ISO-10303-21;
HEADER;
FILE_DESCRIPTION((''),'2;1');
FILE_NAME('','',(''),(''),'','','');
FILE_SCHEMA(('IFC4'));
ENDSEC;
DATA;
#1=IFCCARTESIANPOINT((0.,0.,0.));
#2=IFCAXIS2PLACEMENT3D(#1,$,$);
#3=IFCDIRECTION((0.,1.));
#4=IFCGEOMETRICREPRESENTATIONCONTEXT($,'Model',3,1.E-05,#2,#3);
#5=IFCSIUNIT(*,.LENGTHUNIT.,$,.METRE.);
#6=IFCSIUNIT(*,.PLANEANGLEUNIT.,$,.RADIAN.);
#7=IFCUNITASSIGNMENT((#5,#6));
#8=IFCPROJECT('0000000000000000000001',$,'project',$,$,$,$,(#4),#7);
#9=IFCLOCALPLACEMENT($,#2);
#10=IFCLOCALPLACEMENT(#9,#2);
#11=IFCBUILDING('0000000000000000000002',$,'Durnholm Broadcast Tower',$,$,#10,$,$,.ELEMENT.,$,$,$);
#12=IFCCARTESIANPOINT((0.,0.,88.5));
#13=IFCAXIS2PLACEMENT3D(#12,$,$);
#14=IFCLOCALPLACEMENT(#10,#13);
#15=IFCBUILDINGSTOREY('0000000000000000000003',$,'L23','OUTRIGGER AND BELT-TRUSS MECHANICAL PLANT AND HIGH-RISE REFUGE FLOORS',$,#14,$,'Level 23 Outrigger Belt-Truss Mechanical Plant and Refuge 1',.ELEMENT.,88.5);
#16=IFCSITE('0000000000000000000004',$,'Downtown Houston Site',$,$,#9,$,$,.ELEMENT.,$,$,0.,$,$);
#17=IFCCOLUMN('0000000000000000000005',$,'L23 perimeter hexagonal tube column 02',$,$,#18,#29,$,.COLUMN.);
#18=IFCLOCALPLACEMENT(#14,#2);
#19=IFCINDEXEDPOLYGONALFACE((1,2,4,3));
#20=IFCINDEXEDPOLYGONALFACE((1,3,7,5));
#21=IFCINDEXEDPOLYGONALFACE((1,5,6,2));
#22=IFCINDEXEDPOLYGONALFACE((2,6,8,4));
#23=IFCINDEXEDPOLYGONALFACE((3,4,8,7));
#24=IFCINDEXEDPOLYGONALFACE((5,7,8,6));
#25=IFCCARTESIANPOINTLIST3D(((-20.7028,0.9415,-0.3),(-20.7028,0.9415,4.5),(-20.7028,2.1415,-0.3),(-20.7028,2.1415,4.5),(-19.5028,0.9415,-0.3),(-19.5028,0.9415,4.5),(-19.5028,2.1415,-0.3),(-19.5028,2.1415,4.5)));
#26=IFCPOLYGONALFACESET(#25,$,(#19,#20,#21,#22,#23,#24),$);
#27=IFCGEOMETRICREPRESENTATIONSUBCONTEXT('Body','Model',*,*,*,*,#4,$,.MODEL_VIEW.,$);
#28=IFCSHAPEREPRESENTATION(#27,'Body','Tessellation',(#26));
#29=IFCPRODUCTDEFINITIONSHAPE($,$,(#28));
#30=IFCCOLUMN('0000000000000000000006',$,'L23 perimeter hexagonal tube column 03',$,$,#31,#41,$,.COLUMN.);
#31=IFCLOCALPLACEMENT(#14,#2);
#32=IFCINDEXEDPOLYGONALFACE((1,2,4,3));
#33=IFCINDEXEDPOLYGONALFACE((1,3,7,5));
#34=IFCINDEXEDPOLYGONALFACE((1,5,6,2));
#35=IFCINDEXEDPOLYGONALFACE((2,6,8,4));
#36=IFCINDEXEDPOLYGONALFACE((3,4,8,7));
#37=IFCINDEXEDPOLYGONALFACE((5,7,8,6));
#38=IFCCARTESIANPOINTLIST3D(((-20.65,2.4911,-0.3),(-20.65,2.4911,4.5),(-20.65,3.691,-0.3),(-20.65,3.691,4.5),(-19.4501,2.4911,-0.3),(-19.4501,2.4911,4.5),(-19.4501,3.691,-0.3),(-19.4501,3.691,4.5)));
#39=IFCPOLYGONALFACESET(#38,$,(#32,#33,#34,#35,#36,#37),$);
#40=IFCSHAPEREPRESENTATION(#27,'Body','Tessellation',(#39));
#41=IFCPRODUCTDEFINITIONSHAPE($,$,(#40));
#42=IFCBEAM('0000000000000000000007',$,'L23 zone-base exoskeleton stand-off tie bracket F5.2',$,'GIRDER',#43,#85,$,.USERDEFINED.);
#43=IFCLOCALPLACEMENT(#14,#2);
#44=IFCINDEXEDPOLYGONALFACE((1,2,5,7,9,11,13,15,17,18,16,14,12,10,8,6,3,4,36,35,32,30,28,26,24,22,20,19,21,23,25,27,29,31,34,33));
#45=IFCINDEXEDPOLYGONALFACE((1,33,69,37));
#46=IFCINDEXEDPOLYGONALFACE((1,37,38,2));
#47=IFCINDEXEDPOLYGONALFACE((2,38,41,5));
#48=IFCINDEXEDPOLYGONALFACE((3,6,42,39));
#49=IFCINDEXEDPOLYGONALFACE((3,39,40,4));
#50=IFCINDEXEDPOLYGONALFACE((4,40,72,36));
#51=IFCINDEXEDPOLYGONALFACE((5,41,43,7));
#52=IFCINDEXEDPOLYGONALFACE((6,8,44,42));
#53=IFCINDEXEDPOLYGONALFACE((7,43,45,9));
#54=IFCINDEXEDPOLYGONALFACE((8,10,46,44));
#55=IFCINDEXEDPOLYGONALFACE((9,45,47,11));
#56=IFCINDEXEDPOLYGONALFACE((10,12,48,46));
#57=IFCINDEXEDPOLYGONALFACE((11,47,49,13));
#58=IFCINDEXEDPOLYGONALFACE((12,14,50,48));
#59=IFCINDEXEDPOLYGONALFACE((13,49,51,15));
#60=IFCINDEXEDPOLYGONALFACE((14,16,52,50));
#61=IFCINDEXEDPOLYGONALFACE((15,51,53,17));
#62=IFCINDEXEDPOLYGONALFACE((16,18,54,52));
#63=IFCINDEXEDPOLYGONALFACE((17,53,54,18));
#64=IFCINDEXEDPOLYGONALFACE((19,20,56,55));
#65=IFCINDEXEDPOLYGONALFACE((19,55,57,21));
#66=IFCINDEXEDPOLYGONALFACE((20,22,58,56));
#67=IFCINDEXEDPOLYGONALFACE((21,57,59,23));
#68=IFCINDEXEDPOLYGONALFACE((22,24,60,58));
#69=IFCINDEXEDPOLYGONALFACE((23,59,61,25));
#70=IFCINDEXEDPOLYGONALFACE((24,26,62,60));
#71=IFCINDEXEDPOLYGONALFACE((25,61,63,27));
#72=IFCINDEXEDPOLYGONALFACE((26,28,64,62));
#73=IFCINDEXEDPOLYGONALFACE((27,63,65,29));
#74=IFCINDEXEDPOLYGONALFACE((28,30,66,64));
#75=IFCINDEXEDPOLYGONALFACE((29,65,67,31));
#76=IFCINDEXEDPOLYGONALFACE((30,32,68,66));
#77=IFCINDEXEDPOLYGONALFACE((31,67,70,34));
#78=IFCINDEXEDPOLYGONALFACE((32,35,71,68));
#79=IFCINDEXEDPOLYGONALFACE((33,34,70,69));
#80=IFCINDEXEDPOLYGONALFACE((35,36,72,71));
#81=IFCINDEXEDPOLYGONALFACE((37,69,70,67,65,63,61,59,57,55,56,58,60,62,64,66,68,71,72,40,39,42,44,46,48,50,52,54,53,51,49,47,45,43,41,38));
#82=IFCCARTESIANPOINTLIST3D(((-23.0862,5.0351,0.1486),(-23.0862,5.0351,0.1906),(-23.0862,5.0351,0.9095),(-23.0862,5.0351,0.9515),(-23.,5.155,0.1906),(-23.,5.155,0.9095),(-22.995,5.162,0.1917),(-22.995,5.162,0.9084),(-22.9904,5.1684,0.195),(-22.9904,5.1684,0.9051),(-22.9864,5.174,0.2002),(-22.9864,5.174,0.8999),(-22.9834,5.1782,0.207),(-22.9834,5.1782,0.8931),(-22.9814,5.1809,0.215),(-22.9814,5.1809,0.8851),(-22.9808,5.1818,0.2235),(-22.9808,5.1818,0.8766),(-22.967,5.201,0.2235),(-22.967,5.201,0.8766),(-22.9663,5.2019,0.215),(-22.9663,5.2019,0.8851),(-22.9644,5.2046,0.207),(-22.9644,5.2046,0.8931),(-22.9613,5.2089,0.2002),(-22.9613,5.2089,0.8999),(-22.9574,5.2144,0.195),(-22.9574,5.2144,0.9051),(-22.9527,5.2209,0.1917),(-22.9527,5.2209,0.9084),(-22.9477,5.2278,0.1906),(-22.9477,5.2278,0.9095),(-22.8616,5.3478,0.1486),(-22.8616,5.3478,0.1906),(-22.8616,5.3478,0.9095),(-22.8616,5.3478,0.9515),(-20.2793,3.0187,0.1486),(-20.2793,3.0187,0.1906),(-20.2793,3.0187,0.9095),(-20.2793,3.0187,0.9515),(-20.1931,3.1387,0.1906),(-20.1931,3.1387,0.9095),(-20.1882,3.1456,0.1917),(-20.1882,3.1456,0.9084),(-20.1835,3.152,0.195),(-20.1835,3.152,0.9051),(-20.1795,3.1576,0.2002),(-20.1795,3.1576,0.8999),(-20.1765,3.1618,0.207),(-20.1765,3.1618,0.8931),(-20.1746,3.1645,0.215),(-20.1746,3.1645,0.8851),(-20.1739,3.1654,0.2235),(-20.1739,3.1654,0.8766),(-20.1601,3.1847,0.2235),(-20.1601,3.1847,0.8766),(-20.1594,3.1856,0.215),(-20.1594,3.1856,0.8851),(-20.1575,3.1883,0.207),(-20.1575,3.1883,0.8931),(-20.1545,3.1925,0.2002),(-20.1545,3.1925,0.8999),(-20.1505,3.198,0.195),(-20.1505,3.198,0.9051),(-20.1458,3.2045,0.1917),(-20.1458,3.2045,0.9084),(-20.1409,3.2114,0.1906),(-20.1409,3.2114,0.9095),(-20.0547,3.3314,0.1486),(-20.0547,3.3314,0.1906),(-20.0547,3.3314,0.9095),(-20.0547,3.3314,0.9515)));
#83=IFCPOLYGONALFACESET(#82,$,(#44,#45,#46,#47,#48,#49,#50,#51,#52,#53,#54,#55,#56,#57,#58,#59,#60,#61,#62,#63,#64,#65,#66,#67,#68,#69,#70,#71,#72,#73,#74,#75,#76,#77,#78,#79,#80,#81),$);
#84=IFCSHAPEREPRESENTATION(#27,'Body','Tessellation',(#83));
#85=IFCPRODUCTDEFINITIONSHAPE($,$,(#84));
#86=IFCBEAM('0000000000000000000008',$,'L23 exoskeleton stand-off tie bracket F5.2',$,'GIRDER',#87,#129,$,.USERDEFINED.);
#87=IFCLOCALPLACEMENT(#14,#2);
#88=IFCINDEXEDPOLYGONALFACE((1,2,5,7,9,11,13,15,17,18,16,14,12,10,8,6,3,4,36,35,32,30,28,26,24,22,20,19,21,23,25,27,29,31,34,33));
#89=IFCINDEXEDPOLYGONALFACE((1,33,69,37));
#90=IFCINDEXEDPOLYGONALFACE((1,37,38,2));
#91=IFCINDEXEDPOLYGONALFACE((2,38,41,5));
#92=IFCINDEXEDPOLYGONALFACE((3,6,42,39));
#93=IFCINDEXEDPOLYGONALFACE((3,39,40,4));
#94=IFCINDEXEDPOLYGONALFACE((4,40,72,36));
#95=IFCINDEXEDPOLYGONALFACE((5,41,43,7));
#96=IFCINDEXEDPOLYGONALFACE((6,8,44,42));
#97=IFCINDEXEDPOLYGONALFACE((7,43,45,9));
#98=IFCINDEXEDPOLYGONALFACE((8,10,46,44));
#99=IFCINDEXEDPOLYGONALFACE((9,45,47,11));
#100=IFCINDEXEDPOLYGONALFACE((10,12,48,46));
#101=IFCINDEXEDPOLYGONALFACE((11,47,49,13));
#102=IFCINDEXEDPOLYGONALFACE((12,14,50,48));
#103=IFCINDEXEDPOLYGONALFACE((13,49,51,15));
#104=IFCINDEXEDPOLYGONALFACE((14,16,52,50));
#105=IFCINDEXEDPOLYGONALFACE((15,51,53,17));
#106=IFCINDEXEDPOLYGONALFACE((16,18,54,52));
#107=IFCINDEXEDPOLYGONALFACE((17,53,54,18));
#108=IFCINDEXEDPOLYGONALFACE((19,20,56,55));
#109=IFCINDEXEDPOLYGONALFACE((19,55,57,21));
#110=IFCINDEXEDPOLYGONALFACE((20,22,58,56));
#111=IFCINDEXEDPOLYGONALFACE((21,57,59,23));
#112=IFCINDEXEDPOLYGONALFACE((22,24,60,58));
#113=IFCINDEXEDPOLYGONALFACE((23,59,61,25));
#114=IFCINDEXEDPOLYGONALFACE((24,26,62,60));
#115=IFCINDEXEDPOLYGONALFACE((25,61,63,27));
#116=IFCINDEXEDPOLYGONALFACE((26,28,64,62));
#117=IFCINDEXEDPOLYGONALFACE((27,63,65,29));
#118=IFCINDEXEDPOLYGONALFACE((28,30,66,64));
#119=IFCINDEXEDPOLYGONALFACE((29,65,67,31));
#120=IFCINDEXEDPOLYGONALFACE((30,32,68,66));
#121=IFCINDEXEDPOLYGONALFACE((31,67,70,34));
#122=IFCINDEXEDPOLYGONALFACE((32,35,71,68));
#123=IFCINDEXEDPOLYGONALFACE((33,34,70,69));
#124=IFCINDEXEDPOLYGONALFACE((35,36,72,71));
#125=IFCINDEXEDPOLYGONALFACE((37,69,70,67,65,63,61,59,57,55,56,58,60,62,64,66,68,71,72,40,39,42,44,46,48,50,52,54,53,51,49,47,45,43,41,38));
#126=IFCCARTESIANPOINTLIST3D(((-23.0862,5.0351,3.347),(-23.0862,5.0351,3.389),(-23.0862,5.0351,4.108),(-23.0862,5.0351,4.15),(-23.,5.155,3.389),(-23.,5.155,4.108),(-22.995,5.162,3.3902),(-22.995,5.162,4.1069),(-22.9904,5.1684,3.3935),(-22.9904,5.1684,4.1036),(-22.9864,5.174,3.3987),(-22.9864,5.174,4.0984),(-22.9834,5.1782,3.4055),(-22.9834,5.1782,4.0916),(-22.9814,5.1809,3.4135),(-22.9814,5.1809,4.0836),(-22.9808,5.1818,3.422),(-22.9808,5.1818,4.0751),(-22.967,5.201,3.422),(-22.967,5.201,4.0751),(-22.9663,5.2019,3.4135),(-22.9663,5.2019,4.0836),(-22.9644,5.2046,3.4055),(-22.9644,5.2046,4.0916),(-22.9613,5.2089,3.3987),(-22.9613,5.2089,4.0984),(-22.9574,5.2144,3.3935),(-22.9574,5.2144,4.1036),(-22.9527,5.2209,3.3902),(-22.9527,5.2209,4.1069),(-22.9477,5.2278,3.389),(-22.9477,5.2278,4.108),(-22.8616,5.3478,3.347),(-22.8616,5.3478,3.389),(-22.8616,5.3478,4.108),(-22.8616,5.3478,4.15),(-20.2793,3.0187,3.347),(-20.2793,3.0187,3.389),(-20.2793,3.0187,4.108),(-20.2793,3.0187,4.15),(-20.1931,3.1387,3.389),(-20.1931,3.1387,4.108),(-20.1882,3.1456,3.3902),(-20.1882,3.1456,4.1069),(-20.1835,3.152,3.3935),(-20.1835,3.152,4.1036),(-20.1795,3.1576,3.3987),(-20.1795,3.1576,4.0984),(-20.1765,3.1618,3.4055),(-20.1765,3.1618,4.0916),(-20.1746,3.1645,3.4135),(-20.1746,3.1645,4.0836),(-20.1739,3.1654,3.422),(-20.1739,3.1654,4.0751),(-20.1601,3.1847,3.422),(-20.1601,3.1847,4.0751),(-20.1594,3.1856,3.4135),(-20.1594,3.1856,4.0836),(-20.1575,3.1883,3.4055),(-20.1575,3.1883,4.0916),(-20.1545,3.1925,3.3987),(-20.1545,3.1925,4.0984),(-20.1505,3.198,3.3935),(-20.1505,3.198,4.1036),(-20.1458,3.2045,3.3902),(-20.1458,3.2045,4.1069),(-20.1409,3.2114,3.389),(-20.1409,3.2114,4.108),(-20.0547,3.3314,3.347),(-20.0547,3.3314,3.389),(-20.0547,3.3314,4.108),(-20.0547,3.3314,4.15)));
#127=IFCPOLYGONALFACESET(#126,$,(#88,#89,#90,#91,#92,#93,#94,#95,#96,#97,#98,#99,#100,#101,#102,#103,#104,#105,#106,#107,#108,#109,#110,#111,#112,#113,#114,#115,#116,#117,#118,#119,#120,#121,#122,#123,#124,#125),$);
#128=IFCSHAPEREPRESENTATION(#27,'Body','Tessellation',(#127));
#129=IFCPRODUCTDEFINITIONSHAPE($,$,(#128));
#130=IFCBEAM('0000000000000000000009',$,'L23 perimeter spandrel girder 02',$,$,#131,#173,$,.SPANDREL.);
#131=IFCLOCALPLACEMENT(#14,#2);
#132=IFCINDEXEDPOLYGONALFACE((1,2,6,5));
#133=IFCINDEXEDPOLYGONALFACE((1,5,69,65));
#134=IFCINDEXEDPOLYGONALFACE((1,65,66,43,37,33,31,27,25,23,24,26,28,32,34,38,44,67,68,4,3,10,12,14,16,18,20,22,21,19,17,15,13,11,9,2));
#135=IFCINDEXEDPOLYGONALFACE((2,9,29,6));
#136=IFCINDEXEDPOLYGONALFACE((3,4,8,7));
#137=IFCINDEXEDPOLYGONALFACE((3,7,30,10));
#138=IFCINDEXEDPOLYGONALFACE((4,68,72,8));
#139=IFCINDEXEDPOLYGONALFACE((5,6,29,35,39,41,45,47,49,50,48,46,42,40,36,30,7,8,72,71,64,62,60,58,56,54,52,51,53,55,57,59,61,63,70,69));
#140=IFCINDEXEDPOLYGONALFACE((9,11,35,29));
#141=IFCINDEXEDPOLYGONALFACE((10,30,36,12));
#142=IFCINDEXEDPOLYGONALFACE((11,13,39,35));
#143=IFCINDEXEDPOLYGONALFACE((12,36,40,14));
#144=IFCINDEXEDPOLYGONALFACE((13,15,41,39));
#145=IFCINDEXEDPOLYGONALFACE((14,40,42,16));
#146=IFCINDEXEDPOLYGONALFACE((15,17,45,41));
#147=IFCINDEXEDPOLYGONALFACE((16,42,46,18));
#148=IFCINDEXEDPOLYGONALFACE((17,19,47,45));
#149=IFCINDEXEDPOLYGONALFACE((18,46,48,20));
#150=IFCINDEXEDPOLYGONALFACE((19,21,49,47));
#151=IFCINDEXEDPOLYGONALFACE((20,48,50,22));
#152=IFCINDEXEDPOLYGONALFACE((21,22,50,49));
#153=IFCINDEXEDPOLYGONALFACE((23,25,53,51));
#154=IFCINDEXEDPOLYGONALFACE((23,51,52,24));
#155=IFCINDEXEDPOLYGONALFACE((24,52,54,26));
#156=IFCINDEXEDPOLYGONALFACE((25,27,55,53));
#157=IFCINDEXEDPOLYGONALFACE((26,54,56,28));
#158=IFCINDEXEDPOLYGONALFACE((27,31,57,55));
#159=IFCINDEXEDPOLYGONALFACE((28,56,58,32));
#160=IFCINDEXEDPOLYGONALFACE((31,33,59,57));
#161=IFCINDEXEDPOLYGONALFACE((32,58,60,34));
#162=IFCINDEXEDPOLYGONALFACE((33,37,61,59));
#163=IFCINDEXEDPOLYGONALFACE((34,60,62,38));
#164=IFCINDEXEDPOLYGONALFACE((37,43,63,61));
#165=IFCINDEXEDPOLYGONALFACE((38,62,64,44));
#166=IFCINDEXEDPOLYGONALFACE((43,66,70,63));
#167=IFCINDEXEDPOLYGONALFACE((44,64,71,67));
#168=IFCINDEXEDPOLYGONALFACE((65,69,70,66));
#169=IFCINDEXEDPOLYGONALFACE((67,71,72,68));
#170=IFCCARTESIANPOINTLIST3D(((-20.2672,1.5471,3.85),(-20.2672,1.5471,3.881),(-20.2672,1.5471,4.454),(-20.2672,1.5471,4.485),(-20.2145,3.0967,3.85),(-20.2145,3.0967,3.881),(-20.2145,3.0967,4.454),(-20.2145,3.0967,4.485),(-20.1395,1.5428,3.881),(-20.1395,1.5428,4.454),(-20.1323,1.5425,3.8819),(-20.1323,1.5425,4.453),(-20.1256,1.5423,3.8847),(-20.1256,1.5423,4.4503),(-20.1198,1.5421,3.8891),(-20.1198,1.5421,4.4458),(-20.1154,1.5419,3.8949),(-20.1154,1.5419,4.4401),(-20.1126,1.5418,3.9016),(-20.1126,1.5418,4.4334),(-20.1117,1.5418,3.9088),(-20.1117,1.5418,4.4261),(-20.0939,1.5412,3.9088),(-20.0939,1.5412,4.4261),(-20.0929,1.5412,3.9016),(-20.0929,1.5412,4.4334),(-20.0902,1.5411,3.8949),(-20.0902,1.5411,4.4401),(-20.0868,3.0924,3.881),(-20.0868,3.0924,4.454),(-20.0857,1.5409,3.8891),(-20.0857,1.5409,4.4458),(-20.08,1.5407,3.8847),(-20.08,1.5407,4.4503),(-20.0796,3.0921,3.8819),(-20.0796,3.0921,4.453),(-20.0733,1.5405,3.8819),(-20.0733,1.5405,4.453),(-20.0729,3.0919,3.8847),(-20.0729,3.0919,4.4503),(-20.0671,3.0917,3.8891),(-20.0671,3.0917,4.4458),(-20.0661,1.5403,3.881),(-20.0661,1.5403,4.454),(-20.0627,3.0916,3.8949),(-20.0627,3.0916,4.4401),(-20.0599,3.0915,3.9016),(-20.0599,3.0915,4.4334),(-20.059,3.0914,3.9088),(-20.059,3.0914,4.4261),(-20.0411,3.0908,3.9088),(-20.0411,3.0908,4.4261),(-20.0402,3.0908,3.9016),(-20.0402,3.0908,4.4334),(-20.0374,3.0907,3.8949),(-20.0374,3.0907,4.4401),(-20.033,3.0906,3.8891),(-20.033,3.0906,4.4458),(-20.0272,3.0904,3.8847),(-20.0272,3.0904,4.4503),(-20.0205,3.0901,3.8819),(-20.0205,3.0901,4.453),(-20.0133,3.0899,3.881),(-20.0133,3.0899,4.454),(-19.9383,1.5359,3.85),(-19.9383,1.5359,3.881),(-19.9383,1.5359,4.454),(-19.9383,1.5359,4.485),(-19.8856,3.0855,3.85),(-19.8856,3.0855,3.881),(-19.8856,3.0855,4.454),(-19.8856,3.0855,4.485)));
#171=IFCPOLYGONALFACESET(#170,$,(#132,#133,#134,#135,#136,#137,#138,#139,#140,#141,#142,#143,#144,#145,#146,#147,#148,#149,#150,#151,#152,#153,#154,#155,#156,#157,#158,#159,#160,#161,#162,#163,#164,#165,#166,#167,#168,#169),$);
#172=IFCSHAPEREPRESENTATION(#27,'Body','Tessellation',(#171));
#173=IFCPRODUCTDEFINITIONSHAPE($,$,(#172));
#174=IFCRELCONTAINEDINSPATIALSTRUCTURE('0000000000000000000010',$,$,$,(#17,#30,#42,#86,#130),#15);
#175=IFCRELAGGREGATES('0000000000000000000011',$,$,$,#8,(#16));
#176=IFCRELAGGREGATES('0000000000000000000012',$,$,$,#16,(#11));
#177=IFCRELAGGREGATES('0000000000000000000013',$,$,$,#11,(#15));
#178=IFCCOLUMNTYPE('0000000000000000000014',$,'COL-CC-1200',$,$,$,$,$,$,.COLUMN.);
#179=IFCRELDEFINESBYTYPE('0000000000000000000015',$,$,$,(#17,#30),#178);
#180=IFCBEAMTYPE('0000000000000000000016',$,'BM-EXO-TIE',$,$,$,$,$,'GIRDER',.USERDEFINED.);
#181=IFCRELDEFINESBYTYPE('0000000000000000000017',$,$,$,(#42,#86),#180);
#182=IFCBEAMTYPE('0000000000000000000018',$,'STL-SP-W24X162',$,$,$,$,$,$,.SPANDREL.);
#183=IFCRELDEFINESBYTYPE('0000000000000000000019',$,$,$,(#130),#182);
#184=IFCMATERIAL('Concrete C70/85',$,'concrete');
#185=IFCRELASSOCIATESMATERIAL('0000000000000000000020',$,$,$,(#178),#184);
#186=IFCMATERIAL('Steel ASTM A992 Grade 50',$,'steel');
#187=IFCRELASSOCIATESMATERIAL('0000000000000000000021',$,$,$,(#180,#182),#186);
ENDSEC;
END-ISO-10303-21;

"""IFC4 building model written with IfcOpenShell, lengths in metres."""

from ifc_helpers import new_model, si_unit, direction, frame, origin, origin_2d, place, context, subcontext, project, spatial, rectangle, i_section, extrude, source, transform, mapped, material, material_profile, profile_set, type_object, type_shapes, element, save


model = new_model("IFC4")

# Units and contexts
model_context = context("Model", 3, precision=1e-05, world=origin(), true_north=direction((0.0, 1.0)))
body_context = subcontext(model_context, "Body", "Model", "MODEL_VIEW")
ifc_project = project(units=[si_unit("LENGTHUNIT", "METRE"), si_unit("PLANEANGLEUNIT", "RADIAN")], contexts=[model_context])

# Site, building, storey
site_placement = place(None, origin())
site = spatial("IfcSite", under=ifc_project, at=site_placement, Name="Downtown Houston Site", CompositionType="ELEMENT", RefElevation=0.0)
building_placement = place(site_placement, origin())
building = spatial("IfcBuilding", under=site, at=building_placement, Name="Durnholm Broadcast Tower", CompositionType="ELEMENT")
storey_placement = place(building_placement, frame((0.0, 0.0, 88.5)))
storey = spatial("IfcBuildingStorey", under=building, at=storey_placement, Name="L23", Description="OUTRIGGER AND BELT-TRUSS MECHANICAL PLANT AND HIGH-RISE REFUGE FLOORS", LongName="Level 23 Outrigger Belt-Truss Mechanical Plant and Refuge 1", CompositionType="ELEMENT", Elevation=88.5)

# Columns
ifc_material_1 = material(Name="Concrete C70/85", Category="concrete")
ifc_material_profile_1 = material_profile(ifc_material_1, rectangle(XDim=1.2, YDim=1.2, at=origin_2d()), Name="RC1200X1200")
ifc_profile_set_1 = profile_set([ifc_material_profile_1], Name="Concrete C70/85")
column_type = type_object("IfcColumnType", Name="COL-CC-1200", PredefinedType="COLUMN", material=ifc_profile_set_1)
shared_shape_1 = source(origin(), body_context, "Body", "SweptSolid", [
    extrude(rectangle(XDim=1.2, YDim=1.2, at=origin_2d()), origin(), (0.0, 0.0, 1.0), 4.8),
])
type_shapes(column_type, [shared_shape_1])
for number, where, z_axis, x_axis, name in (
    (1, (-20.1028, 1.5415, -0.3), (0.0, 0.0, 1.0), (1.0, 0.0, 0.0), "L23 perimeter hexagonal tube column 02"),
    (2, (-20.05, 3.0911, -0.3), (0.0, 0.0, 1.0), (1.0, 0.0, 0.0), "L23 perimeter hexagonal tube column 03"),
):
    element("IfcColumn", number, at=place(storey_placement, frame(where, z_axis=z_axis, x_axis=x_axis)), inside=storey, type_object=column_type, Name=name, PredefinedType="COLUMN", context=body_context, shape_type="MappedRepresentation", body=[
        mapped(shared_shape_1, transform((0.0, 0.0, 0.0), x_axis=(1.0, 0.0, 0.0), y_axis=(0.0, 1.0, 0.0), z_axis=(0.0, 0.0, 1.0), scale=1.0)),
    ])

# Beams
ifc_material_2 = material(Name="Steel ASTM A992 Grade 50", Category="steel")
ifc_material_profile_2 = material_profile(ifc_material_2, i_section(OverallWidth=0.385, OverallDepth=0.803, WebThickness=0.0237, FlangeThickness=0.042, FilletRadius=0.033, at=origin_2d()), Name="W30X261")
ifc_profile_set_2 = profile_set([ifc_material_profile_2], Name="Steel ASTM A992 Grade 50")
beam_type_1 = type_object("IfcBeamType", Name="BM-EXO-TIE", ElementType="GIRDER", PredefinedType="USERDEFINED", material=ifc_profile_set_2)
shared_shape_2 = source(origin(), body_context, "Body", "SweptSolid", [
    extrude(i_section(OverallWidth=0.385, OverallDepth=0.803, WebThickness=0.0237, FlangeThickness=0.042, FilletRadius=0.033, at=origin_2d()), origin(), (0.0, 0.0, 1.0), 3.4561),
])
type_shapes(beam_type_1, [shared_shape_2])
for number, where, z_axis, x_axis, name in (
    (3, (-20.167, 3.175, 0.55), (-0.812165, 0.583428, 0.0), (-0.583428, -0.812165, 0.0), "L23 zone-base exoskeleton stand-off tie bracket F5.2"),
    (4, (-20.167, 3.175, 3.7485), (-0.812165, 0.583428, 0.0), (-0.583428, -0.812165, 0.0), "L23 exoskeleton stand-off tie bracket F5.2"),
):
    element("IfcBeam", number, at=place(storey_placement, frame(where, z_axis=z_axis, x_axis=x_axis)), inside=storey, type_object=beam_type_1, Name=name, ObjectType="GIRDER", PredefinedType="USERDEFINED", context=body_context, shape_type="MappedRepresentation", body=[
        mapped(shared_shape_2, transform((0.0, 0.0, 0.0), x_axis=(1.0, 0.0, 0.0), y_axis=(0.0, 1.0, 0.0), z_axis=(0.0, 0.0, 1.0), scale=1.0)),
    ])
ifc_material_profile_3 = material_profile(ifc_material_2, i_section(OverallWidth=0.3291, OverallDepth=0.635, WebThickness=0.0178, FlangeThickness=0.031, FilletRadius=0.0278, at=origin_2d()), Name="W24X162")
ifc_profile_set_3 = profile_set([ifc_material_profile_3], Name="Steel ASTM A992 Grade 50")
beam_type_2 = type_object("IfcBeamType", Name="STL-SP-W24X162", PredefinedType="SPANDREL", material=ifc_profile_set_3)
shared_shape_3 = source(origin(), body_context, "Body", "SweptSolid", [
    extrude(i_section(OverallWidth=0.3291, OverallDepth=0.635, WebThickness=0.0178, FlangeThickness=0.031, FilletRadius=0.0278, at=origin_2d()), origin(), (0.0, 0.0, 1.0), 1.5505),
])
beam_1_placement = place(storey_placement, frame((-20.1028, 1.5415, 4.1675), z_axis=(0.034012, 0.999421, 0.0), x_axis=(-0.999421, 0.034012, 0.0)))
element("IfcBeam", 5, at=beam_1_placement, inside=storey, type_object=beam_type_2, Name="L23 perimeter spandrel girder 02", PredefinedType="SPANDREL", context=body_context, shape_type="MappedRepresentation", body=[
    mapped(shared_shape_3, transform((0.0, 0.0, 0.0), x_axis=(1.0, 0.0, 0.0), y_axis=(0.0, 1.0, 0.0), z_axis=(0.0, 0.0, 1.0), scale=1.0)),
])

save(model, "model.ifc")
